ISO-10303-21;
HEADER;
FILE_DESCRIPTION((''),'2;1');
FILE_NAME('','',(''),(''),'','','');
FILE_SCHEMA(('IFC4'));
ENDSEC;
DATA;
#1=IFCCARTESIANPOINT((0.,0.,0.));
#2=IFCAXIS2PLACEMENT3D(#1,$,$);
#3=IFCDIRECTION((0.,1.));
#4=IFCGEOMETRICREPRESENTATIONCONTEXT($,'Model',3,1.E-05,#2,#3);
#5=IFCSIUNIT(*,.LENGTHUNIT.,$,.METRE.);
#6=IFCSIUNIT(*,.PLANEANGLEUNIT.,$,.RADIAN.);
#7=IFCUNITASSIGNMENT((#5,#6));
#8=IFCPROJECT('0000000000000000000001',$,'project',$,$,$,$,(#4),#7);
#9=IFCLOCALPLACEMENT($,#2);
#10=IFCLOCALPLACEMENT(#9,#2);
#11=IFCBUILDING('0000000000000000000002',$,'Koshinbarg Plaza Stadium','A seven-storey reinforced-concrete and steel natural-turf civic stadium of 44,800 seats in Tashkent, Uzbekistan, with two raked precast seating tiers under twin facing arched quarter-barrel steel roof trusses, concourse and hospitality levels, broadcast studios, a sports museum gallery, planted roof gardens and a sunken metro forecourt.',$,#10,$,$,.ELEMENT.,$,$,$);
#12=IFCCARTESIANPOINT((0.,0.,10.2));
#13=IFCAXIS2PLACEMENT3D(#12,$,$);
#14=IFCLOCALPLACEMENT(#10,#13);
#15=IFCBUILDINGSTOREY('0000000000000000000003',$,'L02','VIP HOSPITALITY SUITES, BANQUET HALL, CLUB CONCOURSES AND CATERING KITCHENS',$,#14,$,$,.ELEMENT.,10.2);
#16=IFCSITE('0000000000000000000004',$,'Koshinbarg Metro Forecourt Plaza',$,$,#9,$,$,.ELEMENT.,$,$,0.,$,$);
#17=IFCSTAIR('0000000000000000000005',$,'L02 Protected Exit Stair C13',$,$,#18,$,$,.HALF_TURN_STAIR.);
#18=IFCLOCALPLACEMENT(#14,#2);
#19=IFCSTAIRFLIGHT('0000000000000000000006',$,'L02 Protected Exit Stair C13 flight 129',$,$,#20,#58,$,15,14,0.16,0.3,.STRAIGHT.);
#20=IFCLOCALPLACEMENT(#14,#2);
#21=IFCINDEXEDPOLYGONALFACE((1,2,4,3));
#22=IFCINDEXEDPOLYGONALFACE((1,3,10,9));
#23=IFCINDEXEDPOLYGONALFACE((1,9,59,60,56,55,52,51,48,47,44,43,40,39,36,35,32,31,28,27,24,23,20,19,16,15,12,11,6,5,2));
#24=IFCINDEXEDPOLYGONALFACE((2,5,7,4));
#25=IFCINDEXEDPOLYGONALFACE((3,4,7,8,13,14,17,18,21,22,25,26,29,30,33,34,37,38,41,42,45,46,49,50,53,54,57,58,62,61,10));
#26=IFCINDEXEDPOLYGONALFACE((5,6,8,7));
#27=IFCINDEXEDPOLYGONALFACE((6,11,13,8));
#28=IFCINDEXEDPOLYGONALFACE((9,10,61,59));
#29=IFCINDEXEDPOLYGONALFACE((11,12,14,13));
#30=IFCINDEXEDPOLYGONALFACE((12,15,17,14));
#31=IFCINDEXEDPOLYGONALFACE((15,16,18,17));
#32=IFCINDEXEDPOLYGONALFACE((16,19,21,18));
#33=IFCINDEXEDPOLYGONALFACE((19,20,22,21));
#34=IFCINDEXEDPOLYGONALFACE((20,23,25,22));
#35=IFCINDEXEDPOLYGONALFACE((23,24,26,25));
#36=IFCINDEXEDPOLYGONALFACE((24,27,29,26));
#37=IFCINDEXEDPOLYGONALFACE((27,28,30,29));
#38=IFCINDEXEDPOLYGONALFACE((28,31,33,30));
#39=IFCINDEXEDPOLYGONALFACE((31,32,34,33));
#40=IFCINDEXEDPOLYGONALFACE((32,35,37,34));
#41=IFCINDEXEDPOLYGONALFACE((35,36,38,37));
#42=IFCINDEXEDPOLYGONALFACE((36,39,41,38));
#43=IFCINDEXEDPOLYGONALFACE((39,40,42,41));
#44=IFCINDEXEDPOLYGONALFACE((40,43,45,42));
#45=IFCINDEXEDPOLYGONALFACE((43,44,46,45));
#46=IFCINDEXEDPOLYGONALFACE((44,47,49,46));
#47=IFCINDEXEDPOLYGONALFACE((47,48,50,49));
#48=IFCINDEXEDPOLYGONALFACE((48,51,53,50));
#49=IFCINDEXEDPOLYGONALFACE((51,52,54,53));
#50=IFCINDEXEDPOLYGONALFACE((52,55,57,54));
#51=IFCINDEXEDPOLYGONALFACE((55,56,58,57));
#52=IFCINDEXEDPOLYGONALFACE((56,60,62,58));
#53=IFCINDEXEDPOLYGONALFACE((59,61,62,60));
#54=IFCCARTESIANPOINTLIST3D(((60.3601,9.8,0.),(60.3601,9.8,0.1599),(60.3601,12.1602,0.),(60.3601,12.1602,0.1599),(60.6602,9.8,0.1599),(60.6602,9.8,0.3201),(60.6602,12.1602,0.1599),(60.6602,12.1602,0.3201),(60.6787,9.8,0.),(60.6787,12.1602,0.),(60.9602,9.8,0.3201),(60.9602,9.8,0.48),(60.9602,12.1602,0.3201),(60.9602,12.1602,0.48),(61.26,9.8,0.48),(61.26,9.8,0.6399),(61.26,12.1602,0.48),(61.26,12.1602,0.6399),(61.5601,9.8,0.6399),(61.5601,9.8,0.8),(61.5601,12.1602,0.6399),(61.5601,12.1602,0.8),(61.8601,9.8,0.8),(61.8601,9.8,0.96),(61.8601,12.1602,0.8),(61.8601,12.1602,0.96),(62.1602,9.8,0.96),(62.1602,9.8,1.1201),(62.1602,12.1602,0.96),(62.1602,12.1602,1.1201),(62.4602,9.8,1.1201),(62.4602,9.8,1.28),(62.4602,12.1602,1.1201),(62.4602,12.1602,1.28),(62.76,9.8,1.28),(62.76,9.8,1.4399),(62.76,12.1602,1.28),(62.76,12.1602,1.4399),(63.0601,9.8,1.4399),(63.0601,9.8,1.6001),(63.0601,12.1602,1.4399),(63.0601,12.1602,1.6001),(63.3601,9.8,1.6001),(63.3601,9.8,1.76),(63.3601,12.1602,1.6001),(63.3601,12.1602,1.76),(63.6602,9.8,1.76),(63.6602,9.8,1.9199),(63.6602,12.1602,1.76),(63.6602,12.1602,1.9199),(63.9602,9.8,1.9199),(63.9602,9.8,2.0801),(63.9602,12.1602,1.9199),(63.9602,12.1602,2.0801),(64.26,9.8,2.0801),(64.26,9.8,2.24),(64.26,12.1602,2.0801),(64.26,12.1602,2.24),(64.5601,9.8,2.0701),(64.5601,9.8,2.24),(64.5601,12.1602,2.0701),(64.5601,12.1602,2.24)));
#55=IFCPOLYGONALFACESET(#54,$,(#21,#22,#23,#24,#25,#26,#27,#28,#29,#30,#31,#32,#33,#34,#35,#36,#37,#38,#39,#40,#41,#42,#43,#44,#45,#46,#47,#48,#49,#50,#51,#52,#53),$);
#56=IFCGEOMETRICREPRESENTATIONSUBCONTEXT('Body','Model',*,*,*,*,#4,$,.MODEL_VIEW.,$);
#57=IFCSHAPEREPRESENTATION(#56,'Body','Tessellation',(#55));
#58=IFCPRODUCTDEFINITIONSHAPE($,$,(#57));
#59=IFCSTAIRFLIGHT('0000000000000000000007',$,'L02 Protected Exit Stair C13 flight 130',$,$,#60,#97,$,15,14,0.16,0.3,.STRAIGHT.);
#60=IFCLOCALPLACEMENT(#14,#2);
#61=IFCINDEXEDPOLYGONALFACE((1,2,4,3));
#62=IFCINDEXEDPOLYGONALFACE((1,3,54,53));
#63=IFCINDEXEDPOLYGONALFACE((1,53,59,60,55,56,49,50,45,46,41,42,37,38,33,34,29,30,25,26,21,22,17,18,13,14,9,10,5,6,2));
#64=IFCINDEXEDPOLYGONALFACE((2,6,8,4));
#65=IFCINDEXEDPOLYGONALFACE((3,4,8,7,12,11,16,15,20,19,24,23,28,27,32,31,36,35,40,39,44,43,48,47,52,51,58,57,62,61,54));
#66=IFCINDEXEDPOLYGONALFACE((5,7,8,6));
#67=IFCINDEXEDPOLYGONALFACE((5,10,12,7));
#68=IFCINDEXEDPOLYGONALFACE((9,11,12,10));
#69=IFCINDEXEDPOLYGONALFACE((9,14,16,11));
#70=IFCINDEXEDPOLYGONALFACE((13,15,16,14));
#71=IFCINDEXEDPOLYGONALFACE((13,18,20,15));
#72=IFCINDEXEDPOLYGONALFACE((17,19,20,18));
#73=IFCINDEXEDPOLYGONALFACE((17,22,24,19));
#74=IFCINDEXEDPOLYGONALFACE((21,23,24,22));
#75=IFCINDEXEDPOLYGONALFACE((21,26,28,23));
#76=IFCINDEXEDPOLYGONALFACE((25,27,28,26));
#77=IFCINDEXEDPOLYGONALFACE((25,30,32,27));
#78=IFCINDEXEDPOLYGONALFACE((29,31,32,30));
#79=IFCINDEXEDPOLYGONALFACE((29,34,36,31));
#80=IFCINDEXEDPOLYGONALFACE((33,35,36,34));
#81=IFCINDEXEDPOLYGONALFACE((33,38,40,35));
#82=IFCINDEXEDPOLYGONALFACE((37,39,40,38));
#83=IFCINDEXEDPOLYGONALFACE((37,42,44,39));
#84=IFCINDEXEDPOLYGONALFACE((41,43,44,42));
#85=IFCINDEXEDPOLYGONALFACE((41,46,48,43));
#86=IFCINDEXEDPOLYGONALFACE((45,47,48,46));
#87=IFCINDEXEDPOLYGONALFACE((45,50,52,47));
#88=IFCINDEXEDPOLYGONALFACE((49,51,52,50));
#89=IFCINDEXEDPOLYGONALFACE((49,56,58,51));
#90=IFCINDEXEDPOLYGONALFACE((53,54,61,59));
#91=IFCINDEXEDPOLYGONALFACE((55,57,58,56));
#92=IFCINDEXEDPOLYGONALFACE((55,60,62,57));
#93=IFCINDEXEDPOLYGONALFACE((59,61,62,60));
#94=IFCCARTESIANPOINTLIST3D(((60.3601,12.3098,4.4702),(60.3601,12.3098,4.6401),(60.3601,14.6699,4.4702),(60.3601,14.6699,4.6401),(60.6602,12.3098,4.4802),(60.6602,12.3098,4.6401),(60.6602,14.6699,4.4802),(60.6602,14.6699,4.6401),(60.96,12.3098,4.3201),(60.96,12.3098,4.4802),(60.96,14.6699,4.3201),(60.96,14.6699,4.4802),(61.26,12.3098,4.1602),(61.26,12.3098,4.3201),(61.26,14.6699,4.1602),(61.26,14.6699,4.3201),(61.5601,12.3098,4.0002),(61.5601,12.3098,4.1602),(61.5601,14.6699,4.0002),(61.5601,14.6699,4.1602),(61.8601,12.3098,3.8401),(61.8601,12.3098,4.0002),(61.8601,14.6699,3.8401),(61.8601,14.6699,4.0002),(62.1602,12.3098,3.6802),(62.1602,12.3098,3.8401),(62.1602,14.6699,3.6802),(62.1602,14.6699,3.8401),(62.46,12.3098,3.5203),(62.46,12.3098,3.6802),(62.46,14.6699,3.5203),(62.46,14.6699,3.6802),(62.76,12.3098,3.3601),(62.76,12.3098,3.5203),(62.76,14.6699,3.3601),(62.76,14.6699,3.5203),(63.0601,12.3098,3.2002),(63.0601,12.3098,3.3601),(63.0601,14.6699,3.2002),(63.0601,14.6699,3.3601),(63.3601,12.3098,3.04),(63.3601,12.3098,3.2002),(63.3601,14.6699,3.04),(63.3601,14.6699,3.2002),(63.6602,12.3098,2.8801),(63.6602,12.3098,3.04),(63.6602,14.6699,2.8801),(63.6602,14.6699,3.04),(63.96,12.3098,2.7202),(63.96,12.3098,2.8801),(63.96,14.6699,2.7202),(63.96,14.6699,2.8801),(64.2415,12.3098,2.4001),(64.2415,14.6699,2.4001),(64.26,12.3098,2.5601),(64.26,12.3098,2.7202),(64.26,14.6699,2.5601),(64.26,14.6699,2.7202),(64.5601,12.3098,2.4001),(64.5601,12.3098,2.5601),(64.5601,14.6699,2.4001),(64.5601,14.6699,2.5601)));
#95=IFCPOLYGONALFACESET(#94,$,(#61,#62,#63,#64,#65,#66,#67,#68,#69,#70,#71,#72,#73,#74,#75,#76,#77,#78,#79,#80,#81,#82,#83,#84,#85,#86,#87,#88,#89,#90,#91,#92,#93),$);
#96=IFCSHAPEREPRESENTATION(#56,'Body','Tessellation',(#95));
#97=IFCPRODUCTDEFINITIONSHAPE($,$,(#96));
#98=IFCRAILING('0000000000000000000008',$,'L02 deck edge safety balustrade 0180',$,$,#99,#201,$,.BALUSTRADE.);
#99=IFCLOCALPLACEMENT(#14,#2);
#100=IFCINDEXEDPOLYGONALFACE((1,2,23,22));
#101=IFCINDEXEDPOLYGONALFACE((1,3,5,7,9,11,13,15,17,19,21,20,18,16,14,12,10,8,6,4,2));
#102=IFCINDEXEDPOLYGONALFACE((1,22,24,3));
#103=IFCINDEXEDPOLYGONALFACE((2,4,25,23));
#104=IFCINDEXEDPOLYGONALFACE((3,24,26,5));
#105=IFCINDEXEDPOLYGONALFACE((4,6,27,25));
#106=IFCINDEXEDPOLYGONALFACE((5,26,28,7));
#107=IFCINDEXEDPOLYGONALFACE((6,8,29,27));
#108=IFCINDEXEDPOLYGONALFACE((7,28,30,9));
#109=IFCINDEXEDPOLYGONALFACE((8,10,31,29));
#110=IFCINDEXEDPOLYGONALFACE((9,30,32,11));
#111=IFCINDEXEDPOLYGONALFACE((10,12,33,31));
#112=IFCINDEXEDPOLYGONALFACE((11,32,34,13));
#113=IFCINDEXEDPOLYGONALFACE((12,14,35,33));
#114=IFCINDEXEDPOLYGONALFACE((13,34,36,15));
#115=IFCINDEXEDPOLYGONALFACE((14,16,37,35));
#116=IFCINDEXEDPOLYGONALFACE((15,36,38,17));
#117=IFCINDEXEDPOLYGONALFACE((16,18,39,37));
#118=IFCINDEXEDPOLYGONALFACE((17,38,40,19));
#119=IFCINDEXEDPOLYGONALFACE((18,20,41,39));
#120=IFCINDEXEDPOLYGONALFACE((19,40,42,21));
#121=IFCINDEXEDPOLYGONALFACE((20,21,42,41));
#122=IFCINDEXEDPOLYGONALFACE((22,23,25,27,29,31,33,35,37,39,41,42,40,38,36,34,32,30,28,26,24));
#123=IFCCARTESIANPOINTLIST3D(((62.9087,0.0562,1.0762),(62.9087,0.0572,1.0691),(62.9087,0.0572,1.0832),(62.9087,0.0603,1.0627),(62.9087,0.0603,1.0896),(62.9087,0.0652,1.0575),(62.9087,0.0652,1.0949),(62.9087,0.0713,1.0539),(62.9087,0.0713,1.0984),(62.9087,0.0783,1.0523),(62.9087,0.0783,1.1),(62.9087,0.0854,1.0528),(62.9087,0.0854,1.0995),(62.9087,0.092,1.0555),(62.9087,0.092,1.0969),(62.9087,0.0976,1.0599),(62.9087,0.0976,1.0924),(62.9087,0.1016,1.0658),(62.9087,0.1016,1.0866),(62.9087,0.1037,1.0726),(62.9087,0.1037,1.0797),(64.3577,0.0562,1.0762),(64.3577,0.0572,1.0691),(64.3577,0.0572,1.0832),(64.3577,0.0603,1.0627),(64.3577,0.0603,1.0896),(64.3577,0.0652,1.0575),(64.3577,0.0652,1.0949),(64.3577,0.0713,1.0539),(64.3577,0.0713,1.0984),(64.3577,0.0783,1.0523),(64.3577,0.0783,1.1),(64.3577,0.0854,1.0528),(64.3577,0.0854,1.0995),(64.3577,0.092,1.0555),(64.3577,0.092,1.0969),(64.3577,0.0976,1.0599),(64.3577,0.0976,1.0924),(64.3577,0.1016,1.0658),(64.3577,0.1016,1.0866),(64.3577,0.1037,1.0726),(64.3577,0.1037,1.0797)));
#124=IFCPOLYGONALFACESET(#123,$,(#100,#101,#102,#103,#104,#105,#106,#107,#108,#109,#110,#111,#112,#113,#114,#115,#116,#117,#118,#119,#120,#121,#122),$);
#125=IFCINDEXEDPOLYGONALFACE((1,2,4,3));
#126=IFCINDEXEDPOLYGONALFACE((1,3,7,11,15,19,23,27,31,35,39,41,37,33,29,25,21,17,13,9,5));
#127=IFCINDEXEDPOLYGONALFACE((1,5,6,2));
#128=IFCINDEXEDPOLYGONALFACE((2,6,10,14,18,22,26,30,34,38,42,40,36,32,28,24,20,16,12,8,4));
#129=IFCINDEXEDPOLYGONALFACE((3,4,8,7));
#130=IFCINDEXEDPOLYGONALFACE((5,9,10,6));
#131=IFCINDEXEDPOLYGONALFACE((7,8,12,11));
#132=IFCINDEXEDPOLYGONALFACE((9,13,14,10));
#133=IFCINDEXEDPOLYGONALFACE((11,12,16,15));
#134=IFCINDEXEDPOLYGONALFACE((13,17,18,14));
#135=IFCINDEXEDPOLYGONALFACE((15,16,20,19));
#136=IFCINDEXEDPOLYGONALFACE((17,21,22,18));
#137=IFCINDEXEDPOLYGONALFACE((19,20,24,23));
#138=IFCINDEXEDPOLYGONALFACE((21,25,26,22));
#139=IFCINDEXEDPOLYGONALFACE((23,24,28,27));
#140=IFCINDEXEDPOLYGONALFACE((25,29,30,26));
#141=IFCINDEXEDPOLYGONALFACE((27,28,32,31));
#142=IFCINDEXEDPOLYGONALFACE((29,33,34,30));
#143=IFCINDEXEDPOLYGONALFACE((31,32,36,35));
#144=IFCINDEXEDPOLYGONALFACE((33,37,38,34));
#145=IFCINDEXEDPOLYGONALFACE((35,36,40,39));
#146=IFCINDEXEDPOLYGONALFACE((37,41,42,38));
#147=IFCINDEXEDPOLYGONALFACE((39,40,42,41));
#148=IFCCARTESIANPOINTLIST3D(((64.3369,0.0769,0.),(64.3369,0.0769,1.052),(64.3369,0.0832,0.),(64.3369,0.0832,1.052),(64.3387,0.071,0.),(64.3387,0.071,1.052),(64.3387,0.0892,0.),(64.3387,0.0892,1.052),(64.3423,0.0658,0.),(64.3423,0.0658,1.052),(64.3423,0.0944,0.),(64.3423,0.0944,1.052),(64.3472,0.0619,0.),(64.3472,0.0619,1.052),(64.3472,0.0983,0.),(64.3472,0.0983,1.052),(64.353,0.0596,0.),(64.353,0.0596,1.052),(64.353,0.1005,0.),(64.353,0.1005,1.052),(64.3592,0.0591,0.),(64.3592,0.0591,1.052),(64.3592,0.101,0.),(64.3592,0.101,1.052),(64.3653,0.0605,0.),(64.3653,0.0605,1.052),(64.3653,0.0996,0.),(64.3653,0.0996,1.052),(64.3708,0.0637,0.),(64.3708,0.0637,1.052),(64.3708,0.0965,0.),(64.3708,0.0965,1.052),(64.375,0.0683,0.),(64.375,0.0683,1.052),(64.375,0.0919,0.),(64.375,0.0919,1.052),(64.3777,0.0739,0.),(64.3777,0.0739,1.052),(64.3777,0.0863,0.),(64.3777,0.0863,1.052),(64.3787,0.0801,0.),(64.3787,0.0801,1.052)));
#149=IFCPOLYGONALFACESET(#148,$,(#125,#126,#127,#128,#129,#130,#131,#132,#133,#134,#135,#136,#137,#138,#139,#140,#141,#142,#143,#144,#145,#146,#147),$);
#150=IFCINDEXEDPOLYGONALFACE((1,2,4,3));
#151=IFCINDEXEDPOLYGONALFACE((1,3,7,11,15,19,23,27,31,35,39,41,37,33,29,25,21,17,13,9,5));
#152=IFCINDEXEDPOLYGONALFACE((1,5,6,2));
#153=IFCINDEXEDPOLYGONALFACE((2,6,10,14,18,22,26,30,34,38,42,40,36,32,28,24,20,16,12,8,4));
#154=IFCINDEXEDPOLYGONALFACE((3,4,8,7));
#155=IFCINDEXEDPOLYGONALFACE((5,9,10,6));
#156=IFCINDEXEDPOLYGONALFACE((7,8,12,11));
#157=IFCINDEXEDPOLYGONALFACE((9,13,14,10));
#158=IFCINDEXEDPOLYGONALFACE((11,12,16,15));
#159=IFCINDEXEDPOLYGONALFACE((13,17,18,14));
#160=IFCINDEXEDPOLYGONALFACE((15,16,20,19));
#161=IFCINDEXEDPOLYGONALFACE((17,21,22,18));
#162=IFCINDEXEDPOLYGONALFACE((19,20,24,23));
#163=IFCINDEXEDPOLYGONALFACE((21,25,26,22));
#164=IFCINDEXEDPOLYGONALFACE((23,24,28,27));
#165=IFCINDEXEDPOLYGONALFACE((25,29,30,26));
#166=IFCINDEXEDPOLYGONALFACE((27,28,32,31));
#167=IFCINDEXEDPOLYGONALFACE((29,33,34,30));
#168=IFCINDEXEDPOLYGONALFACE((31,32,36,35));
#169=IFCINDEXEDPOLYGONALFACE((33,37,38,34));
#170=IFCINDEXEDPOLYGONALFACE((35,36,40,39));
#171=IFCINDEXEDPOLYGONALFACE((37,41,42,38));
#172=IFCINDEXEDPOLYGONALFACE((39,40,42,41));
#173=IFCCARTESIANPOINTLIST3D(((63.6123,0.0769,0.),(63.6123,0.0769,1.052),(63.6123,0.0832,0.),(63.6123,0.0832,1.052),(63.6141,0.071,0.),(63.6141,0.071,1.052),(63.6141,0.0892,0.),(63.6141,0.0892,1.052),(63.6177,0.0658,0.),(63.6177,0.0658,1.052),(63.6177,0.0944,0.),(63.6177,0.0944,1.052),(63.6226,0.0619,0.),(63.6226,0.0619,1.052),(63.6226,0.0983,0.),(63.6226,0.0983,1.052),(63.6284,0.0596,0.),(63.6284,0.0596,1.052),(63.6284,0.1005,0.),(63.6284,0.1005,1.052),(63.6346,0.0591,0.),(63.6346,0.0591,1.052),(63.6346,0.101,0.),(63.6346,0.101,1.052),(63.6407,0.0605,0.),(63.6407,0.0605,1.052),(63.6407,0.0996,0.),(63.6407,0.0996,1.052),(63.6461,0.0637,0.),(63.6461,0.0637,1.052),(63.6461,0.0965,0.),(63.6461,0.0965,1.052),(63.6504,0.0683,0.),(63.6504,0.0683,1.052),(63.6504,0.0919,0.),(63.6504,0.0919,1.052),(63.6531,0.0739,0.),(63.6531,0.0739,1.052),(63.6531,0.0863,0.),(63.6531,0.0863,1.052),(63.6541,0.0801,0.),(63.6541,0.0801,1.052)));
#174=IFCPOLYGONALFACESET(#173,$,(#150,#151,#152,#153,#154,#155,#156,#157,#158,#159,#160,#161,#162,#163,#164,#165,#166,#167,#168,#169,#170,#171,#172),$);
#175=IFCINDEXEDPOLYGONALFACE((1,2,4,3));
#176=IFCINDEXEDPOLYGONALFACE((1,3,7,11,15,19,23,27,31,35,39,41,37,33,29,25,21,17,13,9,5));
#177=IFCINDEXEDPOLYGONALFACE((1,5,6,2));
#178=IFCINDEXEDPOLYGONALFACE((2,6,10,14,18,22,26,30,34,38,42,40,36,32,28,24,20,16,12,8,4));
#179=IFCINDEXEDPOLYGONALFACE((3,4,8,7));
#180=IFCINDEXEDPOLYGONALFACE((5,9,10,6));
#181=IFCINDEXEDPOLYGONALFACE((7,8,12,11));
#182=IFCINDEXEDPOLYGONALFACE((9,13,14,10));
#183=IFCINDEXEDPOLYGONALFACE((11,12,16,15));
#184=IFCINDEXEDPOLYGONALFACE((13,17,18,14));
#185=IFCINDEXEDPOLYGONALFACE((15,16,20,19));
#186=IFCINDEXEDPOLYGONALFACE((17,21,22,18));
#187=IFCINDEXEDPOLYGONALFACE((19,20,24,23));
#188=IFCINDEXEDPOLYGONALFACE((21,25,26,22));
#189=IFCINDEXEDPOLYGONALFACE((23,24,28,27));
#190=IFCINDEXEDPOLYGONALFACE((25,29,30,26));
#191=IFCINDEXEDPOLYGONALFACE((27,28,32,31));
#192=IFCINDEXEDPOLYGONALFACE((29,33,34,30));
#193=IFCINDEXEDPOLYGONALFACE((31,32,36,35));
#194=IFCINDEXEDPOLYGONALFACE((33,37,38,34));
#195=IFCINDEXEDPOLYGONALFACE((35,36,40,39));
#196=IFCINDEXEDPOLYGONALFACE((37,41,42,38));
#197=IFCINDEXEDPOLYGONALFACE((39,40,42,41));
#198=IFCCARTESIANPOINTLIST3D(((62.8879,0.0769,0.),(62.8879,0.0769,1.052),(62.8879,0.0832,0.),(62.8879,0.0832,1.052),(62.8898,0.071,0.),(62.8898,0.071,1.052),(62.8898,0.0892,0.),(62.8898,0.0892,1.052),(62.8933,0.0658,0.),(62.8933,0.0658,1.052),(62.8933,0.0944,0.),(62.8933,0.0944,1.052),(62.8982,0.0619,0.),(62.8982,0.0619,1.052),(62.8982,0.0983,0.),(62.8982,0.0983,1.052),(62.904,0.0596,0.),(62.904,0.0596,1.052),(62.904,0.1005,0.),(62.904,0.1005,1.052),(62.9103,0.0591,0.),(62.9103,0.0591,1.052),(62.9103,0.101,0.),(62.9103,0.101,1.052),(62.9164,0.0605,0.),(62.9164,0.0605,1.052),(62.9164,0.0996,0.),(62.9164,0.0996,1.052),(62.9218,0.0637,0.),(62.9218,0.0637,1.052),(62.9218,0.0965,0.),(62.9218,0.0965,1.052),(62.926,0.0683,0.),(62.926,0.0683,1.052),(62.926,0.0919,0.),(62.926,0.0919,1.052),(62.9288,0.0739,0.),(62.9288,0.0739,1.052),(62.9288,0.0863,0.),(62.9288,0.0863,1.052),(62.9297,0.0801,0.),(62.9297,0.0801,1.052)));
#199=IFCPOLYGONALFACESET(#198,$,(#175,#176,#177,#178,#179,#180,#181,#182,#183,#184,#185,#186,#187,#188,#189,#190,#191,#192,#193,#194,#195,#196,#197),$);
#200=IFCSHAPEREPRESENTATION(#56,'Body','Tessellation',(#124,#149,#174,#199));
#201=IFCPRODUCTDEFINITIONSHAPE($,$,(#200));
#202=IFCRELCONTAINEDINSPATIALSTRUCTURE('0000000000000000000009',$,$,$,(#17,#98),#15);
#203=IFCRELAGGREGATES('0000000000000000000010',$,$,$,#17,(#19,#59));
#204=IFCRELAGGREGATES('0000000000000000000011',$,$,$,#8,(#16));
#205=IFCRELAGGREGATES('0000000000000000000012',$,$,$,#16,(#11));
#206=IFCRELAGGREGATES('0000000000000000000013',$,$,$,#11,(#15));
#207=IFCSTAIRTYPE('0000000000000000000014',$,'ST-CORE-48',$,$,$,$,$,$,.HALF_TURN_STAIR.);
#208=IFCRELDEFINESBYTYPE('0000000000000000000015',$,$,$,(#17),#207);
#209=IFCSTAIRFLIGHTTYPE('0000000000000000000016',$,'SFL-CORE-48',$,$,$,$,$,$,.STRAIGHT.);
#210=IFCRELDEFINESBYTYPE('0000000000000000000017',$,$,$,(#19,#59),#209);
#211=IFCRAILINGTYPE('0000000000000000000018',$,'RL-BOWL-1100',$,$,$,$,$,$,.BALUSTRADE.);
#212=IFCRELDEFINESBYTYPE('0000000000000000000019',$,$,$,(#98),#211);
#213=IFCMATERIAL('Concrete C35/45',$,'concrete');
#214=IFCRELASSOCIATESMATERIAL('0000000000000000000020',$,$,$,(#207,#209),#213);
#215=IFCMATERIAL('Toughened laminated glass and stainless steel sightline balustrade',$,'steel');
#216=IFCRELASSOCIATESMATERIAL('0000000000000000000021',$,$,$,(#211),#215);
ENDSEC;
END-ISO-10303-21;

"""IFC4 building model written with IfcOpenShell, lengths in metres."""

from ifc_helpers import new_model, si_unit, direction, frame, origin, origin_2d, place, context, subcontext, project, spatial, polyline, circle, outline, extrude, material, type_object, element, aggregate, save


model = new_model("IFC4")

# Units and contexts
model_context = context("Model", 3, precision=1e-05, world=origin(), true_north=direction((0.0, 1.0)))
body_context = subcontext(model_context, "Body", "Model", "MODEL_VIEW")
ifc_project = project(units=[si_unit("LENGTHUNIT", "METRE"), si_unit("PLANEANGLEUNIT", "RADIAN")], contexts=[model_context])

# Site, building, storey
site_placement = place(None, origin())
site = spatial("IfcSite", under=ifc_project, at=site_placement, Name="Koshinbarg Metro Forecourt Plaza", CompositionType="ELEMENT", RefElevation=0.0)
building_placement = place(site_placement, origin())
building = spatial("IfcBuilding", under=site, at=building_placement, Name="Koshinbarg Plaza Stadium", Description="A seven-storey reinforced-concrete and steel natural-turf civic stadium of 44,800 seats in Tashkent, Uzbekistan, with two raked precast seating tiers under twin facing arched quarter-barrel steel roof trusses, concourse and hospitality levels, broadcast studios, a sports museum gallery, planted roof gardens and a sunken metro forecourt.", CompositionType="ELEMENT")
storey_placement = place(building_placement, frame((0.0, 0.0, 10.2)))
storey = spatial("IfcBuildingStorey", under=building, at=storey_placement, Name="L02", Description="VIP HOSPITALITY SUITES, BANQUET HALL, CLUB CONCOURSES AND CATERING KITCHENS", CompositionType="ELEMENT", Elevation=10.2)

# Stair, stair flights
ifc_material_1 = material(Name="Concrete C35/45", Category="concrete")
stair_type = type_object("IfcStairType", Name="ST-CORE-48", PredefinedType="HALF_TURN_STAIR", material=ifc_material_1)
stair_placement = place(storey_placement, origin())
stair = element("IfcStair", 1, at=stair_placement, inside=storey, type_object=stair_type, Name="L02 Protected Exit Stair C13", PredefinedType="HALF_TURN_STAIR")
stair_flight_type = type_object("IfcStairFlightType", Name="SFL-CORE-48", PredefinedType="STRAIGHT", material=ifc_material_1)
stair_flight_1_placement = place(storey_placement, frame((60.3601, 10.98, 0.0), z_axis=(0.0, 0.0, 1.0), x_axis=(1.0, 0.0, 0.0)))
stair_flight_1 = element("IfcStairFlight", 2, at=stair_flight_1_placement, type_object=stair_flight_type, Name="L02 Protected Exit Stair C13 flight 129", NumberOfRisers=15, NumberOfTreads=14, PredefinedType="STRAIGHT", RiserHeight=0.16, TreadLength=0.3, context=body_context, shape_type="SweptSolid", body=[
    extrude(outline(polyline([(0.0, 0.0), (0.0, 0.1599), (0.3, 0.1599), (0.3, 0.3201), (0.6001, 0.3201), (0.6001, 0.48), (0.8999, 0.48), (0.8999, 0.6399), (1.2, 0.6399), (1.2, 0.8), (1.5, 0.8), (1.5, 0.96), (1.8, 0.96), (1.8, 1.1201), (2.1001, 1.1201), (2.1001, 1.28), (2.3999, 1.28), (2.3999, 1.4399), (2.7, 1.4399), (2.7, 1.6001), (3.0, 1.6001), (3.0, 1.76), (3.3, 1.76), (3.3, 1.9199), (3.6001, 1.9199), (3.6001, 2.0801), (3.8999, 2.0801), (3.8999, 2.24), (4.2, 2.24), (4.2, 2.3999), (4.2, 2.0701), (0.3186, 0.0), (0.0, 0.0)])), frame((0.0, 1.1802, 0.0), z_axis=(0.0, -1.0, 0.0), x_axis=(1.0, 0.0, 0.0)), (0.0, 0.0, 1.0), 2.3601),
])
stair_flight_2_placement = place(storey_placement, frame((64.5601, 13.49, 2.4001), z_axis=(0.0, 0.0, 1.0), x_axis=(-1.0, 0.0, 0.0)))
stair_flight_2 = element("IfcStairFlight", 3, at=stair_flight_2_placement, type_object=stair_flight_type, Name="L02 Protected Exit Stair C13 flight 130", NumberOfRisers=15, NumberOfTreads=14, PredefinedType="STRAIGHT", RiserHeight=0.16, TreadLength=0.3, context=body_context, shape_type="SweptSolid", body=[
    extrude(outline(polyline([(0.0, 0.0), (0.0, 0.1599), (0.3, 0.1599), (0.3, 0.3201), (0.6001, 0.3201), (0.6001, 0.48), (0.8999, 0.48), (0.8999, 0.6399), (1.2, 0.6399), (1.2, 0.8), (1.5, 0.8), (1.5, 0.96), (1.8, 0.96), (1.8, 1.1201), (2.1001, 1.1201), (2.1001, 1.28), (2.3999, 1.28), (2.3999, 1.4399), (2.7, 1.4399), (2.7, 1.6001), (3.0, 1.6001), (3.0, 1.76), (3.3, 1.76), (3.3, 1.9199), (3.6001, 1.9199), (3.6001, 2.0801), (3.8999, 2.0801), (3.8999, 2.24), (4.2, 2.24), (4.2, 2.3999), (4.2, 2.0701), (0.3186, 0.0), (0.0, 0.0)])), frame((0.0, 1.1802, 0.0), z_axis=(0.0, -1.0, 0.0), x_axis=(1.0, 0.0, 0.0)), (0.0, 0.0, 1.0), 2.3601),
])
aggregate(stair, [stair_flight_1, stair_flight_2])

# Railing
ifc_material_2 = material(Name="Toughened laminated glass and stainless steel sightline balustrade", Category="steel")
railing_type_1 = type_object("IfcRailingType", Name="RL-BOWL-1100", PredefinedType="BALUSTRADE", material=ifc_material_2)
railing_1_placement = place(storey_placement, frame((64.3577, 0.0801, 0.0)))
element("IfcRailing", 4, at=railing_1_placement, inside=storey, type_object=railing_type_1, Name="L02 deck edge safety balustrade 0180", PredefinedType="BALUSTRADE", context=body_context, shape_type="SweptSolid", body=[
    extrude(circle(Radius=0.0239, at=origin_2d()), frame((0.0, 0.0, 1.0762), z_axis=(-1.0, 0.0, 0.0), x_axis=(0.0, -1.0, 0.0)), (0.0, 0.0, 1.0), 1.449),
    extrude(circle(Radius=0.021, at=origin_2d()), origin(), (0.0, 0.0, 1.0), 1.052),
    extrude(circle(Radius=0.021, at=origin_2d()), frame((-0.7246, 0.0, 0.0)), (0.0, 0.0, 1.0), 1.052),
    extrude(circle(Radius=0.021, at=origin_2d()), frame((-1.449, 0.0, 0.0)), (0.0, 0.0, 1.0), 1.052),
])

save(model, "model.ifc")
